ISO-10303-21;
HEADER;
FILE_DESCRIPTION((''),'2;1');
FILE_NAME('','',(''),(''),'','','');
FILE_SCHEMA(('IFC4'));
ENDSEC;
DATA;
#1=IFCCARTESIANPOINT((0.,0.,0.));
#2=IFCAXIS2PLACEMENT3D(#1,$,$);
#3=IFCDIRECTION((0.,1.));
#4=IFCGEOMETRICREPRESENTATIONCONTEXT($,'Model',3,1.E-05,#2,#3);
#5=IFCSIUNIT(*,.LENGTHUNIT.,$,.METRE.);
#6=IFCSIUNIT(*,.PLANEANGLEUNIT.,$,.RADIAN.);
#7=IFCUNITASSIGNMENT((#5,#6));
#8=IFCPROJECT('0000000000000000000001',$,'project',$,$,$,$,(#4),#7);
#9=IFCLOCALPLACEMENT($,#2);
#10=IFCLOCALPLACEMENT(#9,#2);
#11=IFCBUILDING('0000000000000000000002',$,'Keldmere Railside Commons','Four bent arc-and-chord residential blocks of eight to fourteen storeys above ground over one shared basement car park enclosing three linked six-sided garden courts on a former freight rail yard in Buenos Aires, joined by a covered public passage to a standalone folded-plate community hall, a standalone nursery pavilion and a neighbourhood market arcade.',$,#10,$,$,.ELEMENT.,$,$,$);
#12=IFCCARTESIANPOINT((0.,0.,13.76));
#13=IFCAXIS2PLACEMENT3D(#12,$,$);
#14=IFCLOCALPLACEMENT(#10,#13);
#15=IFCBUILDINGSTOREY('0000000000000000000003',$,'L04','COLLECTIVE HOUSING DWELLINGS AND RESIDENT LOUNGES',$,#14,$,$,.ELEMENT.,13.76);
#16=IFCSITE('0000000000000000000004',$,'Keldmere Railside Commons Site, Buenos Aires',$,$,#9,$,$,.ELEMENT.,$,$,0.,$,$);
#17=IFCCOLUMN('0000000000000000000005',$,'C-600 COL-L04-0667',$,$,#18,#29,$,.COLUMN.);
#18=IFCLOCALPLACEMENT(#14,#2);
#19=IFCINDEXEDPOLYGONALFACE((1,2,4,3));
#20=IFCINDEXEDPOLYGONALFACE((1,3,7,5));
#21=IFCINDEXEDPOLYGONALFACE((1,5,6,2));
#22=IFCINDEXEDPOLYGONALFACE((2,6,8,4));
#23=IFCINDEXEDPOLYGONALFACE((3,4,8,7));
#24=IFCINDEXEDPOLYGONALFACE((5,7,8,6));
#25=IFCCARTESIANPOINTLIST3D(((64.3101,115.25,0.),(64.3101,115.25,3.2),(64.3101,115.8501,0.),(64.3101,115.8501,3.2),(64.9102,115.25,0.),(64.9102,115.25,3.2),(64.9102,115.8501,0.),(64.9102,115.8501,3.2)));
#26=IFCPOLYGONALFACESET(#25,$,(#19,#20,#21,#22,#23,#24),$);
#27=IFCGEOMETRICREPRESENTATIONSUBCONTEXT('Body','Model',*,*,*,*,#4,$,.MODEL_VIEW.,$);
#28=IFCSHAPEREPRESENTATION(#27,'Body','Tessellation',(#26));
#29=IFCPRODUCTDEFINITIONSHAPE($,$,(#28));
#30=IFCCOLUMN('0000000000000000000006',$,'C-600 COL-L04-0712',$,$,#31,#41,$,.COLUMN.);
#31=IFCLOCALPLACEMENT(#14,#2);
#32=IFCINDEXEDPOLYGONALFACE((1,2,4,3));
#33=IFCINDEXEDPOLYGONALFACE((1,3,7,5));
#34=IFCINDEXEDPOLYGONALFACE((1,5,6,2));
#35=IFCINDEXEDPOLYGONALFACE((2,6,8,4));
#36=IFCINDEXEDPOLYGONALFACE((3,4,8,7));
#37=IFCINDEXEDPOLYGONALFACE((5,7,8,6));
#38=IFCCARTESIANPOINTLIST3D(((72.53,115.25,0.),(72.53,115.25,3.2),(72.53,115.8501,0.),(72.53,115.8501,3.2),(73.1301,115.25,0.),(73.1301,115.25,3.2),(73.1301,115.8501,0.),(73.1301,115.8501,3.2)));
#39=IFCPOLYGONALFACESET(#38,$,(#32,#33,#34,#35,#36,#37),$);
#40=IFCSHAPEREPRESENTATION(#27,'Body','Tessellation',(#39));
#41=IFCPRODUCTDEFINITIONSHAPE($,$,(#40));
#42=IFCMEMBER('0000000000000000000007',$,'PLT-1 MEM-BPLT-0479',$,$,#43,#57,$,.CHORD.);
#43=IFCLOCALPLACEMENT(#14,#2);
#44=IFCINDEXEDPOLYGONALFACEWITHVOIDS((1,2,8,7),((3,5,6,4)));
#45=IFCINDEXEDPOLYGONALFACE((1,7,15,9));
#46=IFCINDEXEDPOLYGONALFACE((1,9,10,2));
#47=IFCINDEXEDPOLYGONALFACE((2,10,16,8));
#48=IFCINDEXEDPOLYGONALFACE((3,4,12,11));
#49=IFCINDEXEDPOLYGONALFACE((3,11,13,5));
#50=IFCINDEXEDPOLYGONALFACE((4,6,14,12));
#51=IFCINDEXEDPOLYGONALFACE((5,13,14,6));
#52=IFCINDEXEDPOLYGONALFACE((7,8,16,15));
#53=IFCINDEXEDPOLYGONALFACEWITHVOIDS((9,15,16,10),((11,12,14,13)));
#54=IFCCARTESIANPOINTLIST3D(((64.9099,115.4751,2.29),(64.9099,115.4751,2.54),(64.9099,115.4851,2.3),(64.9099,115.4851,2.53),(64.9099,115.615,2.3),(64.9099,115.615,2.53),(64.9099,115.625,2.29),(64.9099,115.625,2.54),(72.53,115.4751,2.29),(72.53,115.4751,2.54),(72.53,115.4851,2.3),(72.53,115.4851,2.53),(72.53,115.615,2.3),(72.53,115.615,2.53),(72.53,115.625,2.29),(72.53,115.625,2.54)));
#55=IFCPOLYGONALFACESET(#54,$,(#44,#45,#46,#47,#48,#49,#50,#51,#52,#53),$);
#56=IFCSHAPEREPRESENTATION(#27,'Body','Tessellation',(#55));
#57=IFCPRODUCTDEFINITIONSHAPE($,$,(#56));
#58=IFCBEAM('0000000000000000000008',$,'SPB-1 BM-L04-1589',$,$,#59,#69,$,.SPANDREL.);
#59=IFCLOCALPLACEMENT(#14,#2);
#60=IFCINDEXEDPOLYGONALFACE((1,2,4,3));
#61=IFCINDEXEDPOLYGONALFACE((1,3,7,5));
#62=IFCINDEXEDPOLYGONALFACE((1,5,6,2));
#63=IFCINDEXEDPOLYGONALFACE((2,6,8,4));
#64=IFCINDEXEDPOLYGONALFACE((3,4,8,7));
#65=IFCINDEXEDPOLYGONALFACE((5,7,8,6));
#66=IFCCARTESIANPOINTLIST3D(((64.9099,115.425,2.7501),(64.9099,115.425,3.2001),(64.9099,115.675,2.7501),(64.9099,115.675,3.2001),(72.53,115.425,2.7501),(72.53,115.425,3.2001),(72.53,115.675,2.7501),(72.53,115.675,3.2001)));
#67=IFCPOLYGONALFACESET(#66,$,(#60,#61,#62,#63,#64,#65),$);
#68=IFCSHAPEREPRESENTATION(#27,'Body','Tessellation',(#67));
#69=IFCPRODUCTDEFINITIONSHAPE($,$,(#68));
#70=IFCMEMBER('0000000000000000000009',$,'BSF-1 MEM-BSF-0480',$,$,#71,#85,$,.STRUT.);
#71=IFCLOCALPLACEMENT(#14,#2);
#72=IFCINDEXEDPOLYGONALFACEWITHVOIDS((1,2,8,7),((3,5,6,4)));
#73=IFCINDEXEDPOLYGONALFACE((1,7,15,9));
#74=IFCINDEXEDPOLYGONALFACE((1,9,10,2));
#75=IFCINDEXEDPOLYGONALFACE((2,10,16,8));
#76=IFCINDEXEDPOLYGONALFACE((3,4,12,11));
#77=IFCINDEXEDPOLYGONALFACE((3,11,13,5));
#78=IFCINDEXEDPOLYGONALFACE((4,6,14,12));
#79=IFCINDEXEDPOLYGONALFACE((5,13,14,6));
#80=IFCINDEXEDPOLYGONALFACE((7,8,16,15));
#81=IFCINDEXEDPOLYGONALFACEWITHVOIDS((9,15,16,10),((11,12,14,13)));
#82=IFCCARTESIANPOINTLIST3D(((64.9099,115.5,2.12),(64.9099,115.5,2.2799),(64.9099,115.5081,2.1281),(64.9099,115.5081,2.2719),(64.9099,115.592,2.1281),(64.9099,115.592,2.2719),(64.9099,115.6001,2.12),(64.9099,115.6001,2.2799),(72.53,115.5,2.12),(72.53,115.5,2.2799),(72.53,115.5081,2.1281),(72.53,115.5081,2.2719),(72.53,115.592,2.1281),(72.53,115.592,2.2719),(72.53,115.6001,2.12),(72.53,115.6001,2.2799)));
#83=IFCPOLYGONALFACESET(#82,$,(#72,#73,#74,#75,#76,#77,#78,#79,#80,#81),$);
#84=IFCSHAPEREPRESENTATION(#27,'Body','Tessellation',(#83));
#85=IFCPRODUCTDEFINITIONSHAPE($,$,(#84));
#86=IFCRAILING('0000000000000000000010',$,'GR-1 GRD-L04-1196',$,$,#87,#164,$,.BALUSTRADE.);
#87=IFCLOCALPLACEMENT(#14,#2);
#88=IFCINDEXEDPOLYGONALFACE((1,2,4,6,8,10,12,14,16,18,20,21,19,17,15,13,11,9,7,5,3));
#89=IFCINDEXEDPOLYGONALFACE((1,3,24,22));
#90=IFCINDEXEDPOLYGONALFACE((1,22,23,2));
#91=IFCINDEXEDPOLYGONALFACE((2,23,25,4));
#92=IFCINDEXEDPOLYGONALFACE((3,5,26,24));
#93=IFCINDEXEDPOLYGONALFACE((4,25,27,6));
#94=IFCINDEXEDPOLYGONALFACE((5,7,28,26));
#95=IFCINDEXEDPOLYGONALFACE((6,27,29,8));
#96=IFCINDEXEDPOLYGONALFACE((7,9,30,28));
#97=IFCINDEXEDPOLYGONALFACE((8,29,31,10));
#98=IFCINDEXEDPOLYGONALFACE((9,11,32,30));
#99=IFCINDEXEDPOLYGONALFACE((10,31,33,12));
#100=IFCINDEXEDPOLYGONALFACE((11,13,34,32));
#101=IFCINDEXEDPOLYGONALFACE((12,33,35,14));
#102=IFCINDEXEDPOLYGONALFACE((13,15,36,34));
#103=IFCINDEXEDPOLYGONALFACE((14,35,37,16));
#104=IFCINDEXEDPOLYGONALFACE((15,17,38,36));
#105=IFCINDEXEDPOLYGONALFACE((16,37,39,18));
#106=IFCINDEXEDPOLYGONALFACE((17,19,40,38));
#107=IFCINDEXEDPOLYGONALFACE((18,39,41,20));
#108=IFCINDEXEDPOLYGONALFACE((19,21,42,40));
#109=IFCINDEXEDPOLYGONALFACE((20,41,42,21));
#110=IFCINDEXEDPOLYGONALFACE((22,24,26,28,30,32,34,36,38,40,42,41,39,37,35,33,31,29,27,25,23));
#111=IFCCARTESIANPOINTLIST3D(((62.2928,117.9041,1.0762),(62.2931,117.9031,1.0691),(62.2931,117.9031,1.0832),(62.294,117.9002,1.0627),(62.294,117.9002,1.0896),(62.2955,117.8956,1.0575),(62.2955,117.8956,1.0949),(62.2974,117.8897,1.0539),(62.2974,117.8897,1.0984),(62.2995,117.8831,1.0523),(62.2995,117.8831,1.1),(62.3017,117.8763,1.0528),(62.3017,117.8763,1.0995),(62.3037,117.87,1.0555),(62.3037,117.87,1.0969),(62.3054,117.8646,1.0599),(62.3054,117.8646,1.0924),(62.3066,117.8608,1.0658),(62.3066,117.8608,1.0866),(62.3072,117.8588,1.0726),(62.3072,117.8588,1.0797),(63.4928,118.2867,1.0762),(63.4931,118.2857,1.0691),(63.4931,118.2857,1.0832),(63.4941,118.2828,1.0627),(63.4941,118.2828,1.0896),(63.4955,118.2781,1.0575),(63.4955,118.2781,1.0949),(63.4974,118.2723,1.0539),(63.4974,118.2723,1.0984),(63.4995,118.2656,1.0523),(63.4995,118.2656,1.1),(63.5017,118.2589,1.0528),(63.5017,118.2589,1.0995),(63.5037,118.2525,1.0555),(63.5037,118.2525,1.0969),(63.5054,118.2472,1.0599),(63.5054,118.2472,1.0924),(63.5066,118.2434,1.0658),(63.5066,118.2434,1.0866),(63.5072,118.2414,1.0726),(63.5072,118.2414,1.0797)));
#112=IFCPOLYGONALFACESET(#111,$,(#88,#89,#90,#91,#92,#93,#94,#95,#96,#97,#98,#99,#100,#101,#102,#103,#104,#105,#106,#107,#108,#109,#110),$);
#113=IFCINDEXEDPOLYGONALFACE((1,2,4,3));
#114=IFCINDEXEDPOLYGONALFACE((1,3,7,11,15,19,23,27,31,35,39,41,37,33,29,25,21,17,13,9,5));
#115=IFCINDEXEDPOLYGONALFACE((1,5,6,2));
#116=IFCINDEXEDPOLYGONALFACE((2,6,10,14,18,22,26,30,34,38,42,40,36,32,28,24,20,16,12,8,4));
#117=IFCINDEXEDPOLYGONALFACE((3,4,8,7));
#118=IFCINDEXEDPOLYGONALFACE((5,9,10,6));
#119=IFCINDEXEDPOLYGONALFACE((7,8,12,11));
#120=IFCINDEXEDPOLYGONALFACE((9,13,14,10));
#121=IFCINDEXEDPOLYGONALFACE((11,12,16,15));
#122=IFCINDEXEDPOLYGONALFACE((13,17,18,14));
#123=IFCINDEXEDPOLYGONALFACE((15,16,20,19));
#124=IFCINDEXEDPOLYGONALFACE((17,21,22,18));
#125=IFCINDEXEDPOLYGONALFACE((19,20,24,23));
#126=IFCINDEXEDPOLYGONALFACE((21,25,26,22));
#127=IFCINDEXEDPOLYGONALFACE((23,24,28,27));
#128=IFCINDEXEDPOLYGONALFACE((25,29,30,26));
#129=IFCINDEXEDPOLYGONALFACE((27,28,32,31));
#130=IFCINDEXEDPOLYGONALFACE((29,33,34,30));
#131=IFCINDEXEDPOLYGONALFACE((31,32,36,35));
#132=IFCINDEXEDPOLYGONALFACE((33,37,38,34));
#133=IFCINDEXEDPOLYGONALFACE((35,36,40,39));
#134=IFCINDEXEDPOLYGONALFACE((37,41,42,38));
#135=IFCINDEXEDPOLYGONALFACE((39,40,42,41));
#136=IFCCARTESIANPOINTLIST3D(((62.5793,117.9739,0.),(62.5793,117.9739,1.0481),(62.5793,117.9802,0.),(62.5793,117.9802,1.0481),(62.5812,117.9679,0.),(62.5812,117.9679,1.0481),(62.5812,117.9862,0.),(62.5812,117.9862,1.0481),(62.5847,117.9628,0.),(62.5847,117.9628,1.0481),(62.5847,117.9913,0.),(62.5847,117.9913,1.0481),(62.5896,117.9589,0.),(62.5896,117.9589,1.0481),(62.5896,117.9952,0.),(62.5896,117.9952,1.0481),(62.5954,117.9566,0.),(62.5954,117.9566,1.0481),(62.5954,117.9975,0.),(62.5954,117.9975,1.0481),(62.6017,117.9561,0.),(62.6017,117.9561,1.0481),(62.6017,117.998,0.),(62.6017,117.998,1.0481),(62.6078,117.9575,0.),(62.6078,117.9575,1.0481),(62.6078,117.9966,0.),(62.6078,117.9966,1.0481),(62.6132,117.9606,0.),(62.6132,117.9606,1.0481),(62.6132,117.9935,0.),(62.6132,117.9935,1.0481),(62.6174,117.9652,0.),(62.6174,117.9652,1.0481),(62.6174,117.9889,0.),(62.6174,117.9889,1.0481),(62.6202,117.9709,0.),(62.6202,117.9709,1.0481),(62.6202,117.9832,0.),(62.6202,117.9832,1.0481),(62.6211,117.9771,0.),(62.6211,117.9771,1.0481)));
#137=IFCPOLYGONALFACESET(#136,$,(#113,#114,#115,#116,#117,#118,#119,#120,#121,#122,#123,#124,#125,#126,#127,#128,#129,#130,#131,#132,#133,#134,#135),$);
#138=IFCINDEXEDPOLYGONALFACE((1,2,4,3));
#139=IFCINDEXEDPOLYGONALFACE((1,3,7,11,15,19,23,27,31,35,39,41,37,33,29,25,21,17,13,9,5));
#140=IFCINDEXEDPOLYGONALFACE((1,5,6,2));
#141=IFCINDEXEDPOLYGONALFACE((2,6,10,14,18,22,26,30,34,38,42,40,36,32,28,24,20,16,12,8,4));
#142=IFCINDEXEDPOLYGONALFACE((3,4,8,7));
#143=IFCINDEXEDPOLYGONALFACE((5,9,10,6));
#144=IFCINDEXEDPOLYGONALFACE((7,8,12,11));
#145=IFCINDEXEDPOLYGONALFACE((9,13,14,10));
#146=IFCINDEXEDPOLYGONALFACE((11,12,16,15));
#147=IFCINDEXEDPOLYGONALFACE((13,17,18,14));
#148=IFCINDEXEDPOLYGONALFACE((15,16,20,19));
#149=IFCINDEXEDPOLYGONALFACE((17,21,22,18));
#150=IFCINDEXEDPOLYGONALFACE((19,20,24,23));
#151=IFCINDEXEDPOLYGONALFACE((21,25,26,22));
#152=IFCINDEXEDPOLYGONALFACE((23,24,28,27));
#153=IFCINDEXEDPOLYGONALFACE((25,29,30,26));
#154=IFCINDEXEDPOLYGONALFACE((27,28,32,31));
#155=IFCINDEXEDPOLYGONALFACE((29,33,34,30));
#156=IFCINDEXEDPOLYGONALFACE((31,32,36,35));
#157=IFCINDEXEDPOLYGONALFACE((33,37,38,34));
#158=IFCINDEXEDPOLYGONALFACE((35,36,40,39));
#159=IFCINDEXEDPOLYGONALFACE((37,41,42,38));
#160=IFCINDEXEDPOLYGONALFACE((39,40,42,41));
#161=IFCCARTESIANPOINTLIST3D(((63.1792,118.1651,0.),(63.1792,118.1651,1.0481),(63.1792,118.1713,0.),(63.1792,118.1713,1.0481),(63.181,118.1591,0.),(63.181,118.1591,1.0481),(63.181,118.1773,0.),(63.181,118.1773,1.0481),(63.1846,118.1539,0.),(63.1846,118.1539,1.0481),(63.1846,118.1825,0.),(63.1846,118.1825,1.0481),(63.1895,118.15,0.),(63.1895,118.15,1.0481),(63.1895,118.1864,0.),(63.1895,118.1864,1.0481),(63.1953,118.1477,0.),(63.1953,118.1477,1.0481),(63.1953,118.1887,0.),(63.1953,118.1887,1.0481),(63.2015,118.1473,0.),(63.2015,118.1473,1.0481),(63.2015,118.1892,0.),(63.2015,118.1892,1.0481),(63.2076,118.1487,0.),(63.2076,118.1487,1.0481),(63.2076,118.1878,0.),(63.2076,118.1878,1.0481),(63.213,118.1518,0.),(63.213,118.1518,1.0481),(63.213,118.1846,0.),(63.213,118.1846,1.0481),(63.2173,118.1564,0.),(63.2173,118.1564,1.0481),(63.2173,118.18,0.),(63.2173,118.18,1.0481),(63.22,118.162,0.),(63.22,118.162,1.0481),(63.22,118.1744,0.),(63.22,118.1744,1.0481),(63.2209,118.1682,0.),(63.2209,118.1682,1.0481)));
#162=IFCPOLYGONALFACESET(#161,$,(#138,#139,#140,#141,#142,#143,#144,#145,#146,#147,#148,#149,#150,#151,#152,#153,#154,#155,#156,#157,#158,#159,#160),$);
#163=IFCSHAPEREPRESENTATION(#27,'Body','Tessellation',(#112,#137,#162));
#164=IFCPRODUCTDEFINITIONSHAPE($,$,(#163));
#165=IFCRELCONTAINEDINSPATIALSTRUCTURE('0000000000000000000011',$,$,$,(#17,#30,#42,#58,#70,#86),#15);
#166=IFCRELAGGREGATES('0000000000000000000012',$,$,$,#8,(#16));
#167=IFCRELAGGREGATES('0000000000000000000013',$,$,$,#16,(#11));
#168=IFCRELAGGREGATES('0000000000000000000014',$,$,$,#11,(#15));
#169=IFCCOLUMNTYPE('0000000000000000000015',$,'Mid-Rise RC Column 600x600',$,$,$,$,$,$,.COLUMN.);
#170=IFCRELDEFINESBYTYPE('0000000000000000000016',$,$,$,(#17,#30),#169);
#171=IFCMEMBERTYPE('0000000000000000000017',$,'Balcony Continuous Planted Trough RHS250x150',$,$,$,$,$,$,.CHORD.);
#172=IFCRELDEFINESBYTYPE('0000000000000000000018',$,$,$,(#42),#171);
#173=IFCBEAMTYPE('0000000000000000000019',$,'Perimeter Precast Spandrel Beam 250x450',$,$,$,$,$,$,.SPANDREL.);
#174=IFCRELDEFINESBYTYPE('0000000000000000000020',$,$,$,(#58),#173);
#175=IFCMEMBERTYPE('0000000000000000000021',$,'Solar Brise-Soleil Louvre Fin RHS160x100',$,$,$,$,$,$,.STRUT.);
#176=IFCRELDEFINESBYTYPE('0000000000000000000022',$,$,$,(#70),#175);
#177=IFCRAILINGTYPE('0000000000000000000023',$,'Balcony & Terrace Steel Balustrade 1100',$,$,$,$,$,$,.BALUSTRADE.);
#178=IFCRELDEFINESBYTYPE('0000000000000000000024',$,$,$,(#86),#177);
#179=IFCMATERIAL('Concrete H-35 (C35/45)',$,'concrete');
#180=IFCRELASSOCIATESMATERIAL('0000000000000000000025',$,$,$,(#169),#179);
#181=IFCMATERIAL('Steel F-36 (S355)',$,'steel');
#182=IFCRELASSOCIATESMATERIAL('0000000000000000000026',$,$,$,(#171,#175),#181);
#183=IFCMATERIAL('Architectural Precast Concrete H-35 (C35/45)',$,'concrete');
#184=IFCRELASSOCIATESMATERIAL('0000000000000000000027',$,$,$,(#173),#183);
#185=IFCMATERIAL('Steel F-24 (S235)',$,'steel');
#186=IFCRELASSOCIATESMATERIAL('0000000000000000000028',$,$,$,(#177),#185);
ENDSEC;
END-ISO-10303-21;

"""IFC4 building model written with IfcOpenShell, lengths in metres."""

from ifc_helpers import new_model, si_unit, direction, frame, origin, origin_2d, place, context, subcontext, project, spatial, rectangle, hollow_rectangle, circle, extrude, material, material_profile, profile_set, type_object, element, save


model = new_model("IFC4")

# Units and contexts
model_context = context("Model", 3, precision=1e-05, world=origin(), true_north=direction((0.0, 1.0)))
body_context = subcontext(model_context, "Body", "Model", "MODEL_VIEW")
ifc_project = project(units=[si_unit("LENGTHUNIT", "METRE"), si_unit("PLANEANGLEUNIT", "RADIAN")], contexts=[model_context])

# Site, building, storey
site_placement = place(None, origin())
site = spatial("IfcSite", under=ifc_project, at=site_placement, Name="Keldmere Railside Commons Site, Buenos Aires", CompositionType="ELEMENT", RefElevation=0.0)
building_placement = place(site_placement, origin())
building = spatial("IfcBuilding", under=site, at=building_placement, Name="Keldmere Railside Commons", Description="Four bent arc-and-chord residential blocks of eight to fourteen storeys above ground over one shared basement car park enclosing three linked six-sided garden courts on a former freight rail yard in Buenos Aires, joined by a covered public passage to a standalone folded-plate community hall, a standalone nursery pavilion and a neighbourhood market arcade.", CompositionType="ELEMENT")
storey_placement = place(building_placement, frame((0.0, 0.0, 13.76)))
storey = spatial("IfcBuildingStorey", under=building, at=storey_placement, Name="L04", Description="COLLECTIVE HOUSING DWELLINGS AND RESIDENT LOUNGES", CompositionType="ELEMENT", Elevation=13.76)

# Columns
ifc_material_1 = material(Name="Concrete H-35 (C35/45)", Category="concrete")
ifc_material_profile_1 = material_profile(ifc_material_1, rectangle(XDim=0.6001, YDim=0.6001, at=origin_2d()), Name="RC-600x600")
ifc_profile_set_1 = profile_set([ifc_material_profile_1], Name="Concrete H-35 (C35/45)")
column_type = type_object("IfcColumnType", Name="Mid-Rise RC Column 600x600", PredefinedType="COLUMN", material=ifc_profile_set_1)
for number, where, z_axis, x_axis, name in (
    (1, (64.6101, 115.55, 0.0), (0.0, 0.0, 1.0), (1.0, 0.0, 0.0), "C-600 COL-L04-0667"),
    (2, (72.8301, 115.55, 0.0), (0.0, 0.0, 1.0), (1.0, 0.0, 0.0), "C-600 COL-L04-0712"),
):
    element("IfcColumn", number, at=place(storey_placement, frame(where, z_axis=z_axis, x_axis=x_axis)), inside=storey, type_object=column_type, Name=name, PredefinedType="COLUMN", context=body_context, shape_type="SweptSolid", body=[
        extrude(rectangle(XDim=0.6001, YDim=0.6001, at=origin_2d()), origin(), (0.0, 0.0, 1.0), 3.2),
    ])

# Member
ifc_material_2 = material(Name="Steel F-36 (S355)", Category="steel")
ifc_material_profile_2 = material_profile(ifc_material_2, hollow_rectangle(XDim=0.1499, YDim=0.25, WallThickness=0.01, at=origin_2d()), Name="RHS-250x150x10")
ifc_profile_set_2 = profile_set([ifc_material_profile_2], Name="Steel F-36 (S355)")
member_type_1 = type_object("IfcMemberType", Name="Balcony Continuous Planted Trough RHS250x150", PredefinedType="CHORD", material=ifc_profile_set_2)
member_1_placement = place(storey_placement, frame((64.9099, 115.55, 2.415), z_axis=(1.0, 0.0, 0.0), x_axis=(0.0, 1.0, 0.0)))
element("IfcMember", 3, at=member_1_placement, inside=storey, type_object=member_type_1, Name="PLT-1 MEM-BPLT-0479", PredefinedType="CHORD", context=body_context, shape_type="SweptSolid", body=[
    extrude(hollow_rectangle(XDim=0.1499, YDim=0.25, WallThickness=0.01, at=origin_2d()), origin(), (0.0, 0.0, 1.0), 7.6201),
])

# Beam
ifc_material_3 = material(Name="Architectural Precast Concrete H-35 (C35/45)", Category="concrete")
ifc_material_profile_3 = material_profile(ifc_material_3, rectangle(XDim=0.25, YDim=0.45, at=origin_2d()), Name="RC-250x450")
ifc_profile_set_3 = profile_set([ifc_material_profile_3], Name="Architectural Precast Concrete H-35 (C35/45)")
beam_type = type_object("IfcBeamType", Name="Perimeter Precast Spandrel Beam 250x450", PredefinedType="SPANDREL", material=ifc_profile_set_3)
beam_placement = place(storey_placement, frame((64.9099, 115.55, 2.9751), z_axis=(1.0, 0.0, 0.0), x_axis=(0.0, 1.0, 0.0)))
element("IfcBeam", 4, at=beam_placement, inside=storey, type_object=beam_type, Name="SPB-1 BM-L04-1589", PredefinedType="SPANDREL", context=body_context, shape_type="SweptSolid", body=[
    extrude(rectangle(XDim=0.25, YDim=0.45, at=origin_2d()), origin(), (0.0, 0.0, 1.0), 7.6201),
])

# Member
ifc_material_profile_4 = material_profile(ifc_material_2, hollow_rectangle(XDim=0.1001, YDim=0.1599, WallThickness=0.0081, at=origin_2d()), Name="RHS-160x100x8")
ifc_profile_set_4 = profile_set([ifc_material_profile_4], Name="Steel F-36 (S355)")
member_type_2 = type_object("IfcMemberType", Name="Solar Brise-Soleil Louvre Fin RHS160x100", PredefinedType="STRUT", material=ifc_profile_set_4)
member_2_placement = place(storey_placement, frame((64.9099, 115.55, 2.2), z_axis=(1.0, 0.0, 0.0), x_axis=(0.0, 1.0, 0.0)))
element("IfcMember", 5, at=member_2_placement, inside=storey, type_object=member_type_2, Name="BSF-1 MEM-BSF-0480", PredefinedType="STRUT", context=body_context, shape_type="SweptSolid", body=[
    extrude(hollow_rectangle(XDim=0.1001, YDim=0.1599, WallThickness=0.0081, at=origin_2d()), origin(), (0.0, 0.0, 1.0), 7.6201),
])

# Railing
ifc_material_4 = material(Name="Steel F-24 (S235)", Category="steel")
railing_type = type_object("IfcRailingType", Name="Balcony & Terrace Steel Balustrade 1100", PredefinedType="BALUSTRADE", material=ifc_material_4)
railing_1_placement = place(storey_placement, frame((62.3, 117.8813, 0.0)))
element("IfcRailing", 6, at=railing_1_placement, inside=storey, type_object=railing_type, Name="GR-1 GRD-L04-1196", PredefinedType="BALUSTRADE", context=body_context, shape_type="SweptSolid", body=[
    extrude(circle(Radius=0.0239, at=origin_2d()), frame((0.0, 0.0, 1.0762), z_axis=(0.95275, 0.303756, 0.0), x_axis=(-0.303756, 0.95275, 0.0)), (0.0, 0.0, 1.0), 1.2595),
    extrude(circle(Radius=0.021, at=origin_2d()), frame((0.3, 0.0957, 0.0)), (0.0, 0.0, 1.0), 1.0481),
    extrude(circle(Radius=0.021, at=origin_2d()), frame((0.8999, 0.2869, 0.0)), (0.0, 0.0, 1.0), 1.0481),
])

save(model, "model.ifc")
